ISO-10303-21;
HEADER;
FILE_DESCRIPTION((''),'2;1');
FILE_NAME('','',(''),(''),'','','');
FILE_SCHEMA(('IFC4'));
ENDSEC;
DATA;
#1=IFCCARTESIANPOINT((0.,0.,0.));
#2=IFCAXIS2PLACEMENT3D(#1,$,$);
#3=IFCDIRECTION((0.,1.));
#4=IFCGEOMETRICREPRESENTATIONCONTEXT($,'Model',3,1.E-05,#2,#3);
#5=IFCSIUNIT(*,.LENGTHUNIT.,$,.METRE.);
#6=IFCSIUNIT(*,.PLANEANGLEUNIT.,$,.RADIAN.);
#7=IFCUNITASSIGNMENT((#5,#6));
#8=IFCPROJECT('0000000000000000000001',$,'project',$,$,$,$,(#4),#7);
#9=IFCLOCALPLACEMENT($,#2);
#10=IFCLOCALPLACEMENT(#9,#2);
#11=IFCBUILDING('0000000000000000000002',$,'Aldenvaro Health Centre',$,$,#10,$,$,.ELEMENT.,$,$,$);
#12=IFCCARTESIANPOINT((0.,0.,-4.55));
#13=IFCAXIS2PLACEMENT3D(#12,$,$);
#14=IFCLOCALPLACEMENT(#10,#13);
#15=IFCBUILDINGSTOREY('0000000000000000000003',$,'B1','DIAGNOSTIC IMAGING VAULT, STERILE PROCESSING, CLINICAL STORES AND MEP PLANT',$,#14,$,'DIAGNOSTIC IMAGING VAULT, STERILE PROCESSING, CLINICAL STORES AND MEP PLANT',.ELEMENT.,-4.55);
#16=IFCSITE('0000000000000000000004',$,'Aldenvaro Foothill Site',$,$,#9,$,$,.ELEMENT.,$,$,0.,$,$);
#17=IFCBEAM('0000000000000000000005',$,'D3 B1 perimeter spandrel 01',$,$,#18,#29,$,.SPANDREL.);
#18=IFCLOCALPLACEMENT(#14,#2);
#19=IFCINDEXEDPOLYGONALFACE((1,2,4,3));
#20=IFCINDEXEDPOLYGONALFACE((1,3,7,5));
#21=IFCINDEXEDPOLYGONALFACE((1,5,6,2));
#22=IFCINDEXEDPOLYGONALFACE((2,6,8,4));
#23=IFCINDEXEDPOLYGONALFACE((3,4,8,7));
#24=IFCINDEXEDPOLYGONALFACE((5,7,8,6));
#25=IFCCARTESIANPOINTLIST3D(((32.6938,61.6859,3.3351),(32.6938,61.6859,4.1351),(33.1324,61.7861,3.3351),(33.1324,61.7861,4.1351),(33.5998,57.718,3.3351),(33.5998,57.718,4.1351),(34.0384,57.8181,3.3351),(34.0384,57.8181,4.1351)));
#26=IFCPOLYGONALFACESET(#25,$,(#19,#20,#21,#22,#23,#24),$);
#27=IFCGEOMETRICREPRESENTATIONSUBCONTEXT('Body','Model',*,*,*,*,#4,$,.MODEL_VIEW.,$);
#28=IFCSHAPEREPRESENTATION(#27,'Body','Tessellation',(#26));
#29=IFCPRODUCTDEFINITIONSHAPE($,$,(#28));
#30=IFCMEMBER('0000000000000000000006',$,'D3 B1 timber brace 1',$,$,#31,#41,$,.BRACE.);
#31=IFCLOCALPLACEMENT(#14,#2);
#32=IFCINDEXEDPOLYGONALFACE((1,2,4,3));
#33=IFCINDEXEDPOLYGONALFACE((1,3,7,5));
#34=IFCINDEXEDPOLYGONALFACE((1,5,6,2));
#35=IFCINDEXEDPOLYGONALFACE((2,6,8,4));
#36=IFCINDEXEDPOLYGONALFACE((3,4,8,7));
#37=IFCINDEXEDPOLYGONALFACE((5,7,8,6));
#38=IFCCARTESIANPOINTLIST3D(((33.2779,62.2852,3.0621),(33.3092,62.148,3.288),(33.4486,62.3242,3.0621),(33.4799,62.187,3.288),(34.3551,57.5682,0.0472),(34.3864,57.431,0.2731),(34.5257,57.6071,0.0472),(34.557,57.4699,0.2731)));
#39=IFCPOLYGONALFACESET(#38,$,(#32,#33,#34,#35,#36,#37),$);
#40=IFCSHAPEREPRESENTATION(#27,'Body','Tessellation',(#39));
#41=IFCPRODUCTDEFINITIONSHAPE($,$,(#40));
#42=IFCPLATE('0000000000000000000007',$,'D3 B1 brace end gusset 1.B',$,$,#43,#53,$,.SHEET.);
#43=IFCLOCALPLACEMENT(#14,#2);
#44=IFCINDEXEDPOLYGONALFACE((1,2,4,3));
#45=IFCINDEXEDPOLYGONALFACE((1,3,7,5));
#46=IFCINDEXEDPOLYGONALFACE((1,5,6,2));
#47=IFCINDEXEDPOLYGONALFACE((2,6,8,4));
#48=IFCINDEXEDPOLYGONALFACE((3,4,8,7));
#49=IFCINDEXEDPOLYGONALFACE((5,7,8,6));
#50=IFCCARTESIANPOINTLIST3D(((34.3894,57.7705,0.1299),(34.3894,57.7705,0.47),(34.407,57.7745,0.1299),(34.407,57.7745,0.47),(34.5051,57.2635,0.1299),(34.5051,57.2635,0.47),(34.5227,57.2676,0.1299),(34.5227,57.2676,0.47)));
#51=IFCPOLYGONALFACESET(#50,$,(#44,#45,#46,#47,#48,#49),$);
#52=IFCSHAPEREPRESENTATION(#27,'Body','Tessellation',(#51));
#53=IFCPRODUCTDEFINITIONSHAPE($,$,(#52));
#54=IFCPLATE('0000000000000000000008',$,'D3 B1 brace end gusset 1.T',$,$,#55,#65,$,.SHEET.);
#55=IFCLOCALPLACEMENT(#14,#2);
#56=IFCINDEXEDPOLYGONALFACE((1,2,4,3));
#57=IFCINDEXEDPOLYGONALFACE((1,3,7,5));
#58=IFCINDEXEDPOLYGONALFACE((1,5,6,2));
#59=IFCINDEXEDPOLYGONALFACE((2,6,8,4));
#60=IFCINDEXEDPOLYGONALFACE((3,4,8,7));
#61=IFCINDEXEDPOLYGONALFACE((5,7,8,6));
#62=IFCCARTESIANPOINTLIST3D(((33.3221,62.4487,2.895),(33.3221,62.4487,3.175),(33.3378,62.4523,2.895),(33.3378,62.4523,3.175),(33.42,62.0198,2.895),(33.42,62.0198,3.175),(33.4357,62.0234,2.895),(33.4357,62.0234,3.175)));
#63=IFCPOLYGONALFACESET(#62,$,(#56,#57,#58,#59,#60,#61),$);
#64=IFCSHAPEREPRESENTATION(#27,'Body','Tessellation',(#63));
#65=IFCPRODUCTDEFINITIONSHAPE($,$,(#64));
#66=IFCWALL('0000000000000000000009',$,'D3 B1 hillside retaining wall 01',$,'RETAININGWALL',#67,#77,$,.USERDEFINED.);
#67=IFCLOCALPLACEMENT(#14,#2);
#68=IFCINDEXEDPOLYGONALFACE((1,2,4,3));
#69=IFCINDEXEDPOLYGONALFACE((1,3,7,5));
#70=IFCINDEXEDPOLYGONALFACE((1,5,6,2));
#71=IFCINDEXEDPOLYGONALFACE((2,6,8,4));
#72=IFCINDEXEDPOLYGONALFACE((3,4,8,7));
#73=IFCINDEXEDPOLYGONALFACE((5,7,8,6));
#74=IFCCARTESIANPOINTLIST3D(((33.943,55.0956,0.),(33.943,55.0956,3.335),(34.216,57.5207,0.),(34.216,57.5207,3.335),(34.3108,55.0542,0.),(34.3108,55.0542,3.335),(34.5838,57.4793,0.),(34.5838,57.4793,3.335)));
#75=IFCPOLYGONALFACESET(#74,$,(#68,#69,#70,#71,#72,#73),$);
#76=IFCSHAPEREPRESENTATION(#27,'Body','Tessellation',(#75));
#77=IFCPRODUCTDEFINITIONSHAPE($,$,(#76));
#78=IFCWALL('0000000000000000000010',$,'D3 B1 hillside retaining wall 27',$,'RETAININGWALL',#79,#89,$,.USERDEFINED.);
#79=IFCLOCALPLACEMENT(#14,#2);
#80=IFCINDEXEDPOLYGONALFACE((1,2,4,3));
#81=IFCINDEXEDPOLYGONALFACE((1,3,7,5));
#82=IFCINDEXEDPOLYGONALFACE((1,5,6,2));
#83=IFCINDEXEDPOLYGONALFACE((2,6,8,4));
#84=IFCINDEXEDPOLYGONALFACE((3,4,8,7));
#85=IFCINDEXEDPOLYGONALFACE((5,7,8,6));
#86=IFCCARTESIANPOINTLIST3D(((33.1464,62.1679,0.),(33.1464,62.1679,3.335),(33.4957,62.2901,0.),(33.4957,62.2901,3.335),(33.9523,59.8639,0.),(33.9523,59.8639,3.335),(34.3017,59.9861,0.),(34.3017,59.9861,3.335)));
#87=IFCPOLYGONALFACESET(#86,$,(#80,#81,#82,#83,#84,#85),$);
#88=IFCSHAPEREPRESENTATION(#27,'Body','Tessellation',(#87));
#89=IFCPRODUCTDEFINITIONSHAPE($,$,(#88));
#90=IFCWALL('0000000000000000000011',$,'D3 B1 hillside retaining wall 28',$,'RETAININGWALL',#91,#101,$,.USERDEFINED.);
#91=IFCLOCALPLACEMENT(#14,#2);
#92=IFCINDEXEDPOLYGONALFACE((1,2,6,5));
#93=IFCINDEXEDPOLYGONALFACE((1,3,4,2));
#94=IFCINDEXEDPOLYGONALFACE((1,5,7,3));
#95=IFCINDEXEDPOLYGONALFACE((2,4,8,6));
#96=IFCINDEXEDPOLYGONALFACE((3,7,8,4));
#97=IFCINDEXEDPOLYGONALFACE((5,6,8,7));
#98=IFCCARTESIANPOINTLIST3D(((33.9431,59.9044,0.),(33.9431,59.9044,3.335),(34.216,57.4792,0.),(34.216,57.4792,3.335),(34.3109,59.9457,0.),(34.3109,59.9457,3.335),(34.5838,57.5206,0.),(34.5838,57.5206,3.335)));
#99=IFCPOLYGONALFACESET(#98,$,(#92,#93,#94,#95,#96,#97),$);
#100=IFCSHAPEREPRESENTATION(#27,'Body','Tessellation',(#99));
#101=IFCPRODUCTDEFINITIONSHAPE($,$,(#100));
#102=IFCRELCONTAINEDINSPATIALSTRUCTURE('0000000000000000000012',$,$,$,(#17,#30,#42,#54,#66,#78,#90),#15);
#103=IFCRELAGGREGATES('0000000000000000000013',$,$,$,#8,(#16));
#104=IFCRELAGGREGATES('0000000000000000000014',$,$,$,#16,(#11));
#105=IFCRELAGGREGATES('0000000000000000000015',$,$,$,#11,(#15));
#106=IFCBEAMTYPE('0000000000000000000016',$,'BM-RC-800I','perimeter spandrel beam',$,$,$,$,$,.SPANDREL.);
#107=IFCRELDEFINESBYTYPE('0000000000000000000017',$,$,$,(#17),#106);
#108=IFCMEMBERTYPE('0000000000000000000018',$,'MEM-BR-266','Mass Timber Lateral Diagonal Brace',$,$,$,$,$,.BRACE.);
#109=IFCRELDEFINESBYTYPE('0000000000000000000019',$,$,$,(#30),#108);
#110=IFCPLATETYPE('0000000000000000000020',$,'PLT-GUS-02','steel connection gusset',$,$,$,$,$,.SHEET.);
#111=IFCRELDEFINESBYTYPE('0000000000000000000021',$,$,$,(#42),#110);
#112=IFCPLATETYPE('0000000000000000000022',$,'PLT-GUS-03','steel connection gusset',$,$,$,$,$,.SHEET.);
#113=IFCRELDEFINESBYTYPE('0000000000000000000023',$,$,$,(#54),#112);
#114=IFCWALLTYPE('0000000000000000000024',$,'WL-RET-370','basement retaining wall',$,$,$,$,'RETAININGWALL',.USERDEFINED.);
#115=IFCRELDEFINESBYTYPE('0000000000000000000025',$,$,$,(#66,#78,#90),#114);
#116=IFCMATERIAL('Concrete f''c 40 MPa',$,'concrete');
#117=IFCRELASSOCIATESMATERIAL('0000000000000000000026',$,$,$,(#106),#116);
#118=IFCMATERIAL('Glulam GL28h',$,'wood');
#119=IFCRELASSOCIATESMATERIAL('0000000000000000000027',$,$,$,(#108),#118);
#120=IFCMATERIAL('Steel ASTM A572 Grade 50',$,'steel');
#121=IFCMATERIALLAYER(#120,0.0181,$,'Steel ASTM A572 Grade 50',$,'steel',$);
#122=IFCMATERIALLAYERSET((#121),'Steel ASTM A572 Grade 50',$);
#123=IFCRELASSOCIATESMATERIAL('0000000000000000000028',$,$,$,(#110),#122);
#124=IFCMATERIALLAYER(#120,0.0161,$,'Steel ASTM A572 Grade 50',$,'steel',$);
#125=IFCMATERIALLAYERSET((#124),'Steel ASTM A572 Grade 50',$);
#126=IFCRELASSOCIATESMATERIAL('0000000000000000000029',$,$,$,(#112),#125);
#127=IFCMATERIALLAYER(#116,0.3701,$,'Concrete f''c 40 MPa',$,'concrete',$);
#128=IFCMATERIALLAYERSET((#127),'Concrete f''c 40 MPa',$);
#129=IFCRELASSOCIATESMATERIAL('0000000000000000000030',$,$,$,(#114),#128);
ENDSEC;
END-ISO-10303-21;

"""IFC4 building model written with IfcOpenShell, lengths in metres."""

from ifc_helpers import new_model, si_unit, direction, frame, frame_2d, origin, origin_2d, place, context, subcontext, project, spatial, rectangle, extrude, material, layer, layer_set, material_profile, profile_set, type_object, element, save


model = new_model("IFC4")

# Units and contexts
model_context = context("Model", 3, precision=1e-05, world=origin(), true_north=direction((0.0, 1.0)))
body_context = subcontext(model_context, "Body", "Model", "MODEL_VIEW")
ifc_project = project(units=[si_unit("LENGTHUNIT", "METRE"), si_unit("PLANEANGLEUNIT", "RADIAN")], contexts=[model_context])

# Site, building, storey
site_placement = place(None, origin())
site = spatial("IfcSite", under=ifc_project, at=site_placement, Name="Aldenvaro Foothill Site", CompositionType="ELEMENT", RefElevation=0.0)
building_placement = place(site_placement, origin())
building = spatial("IfcBuilding", under=site, at=building_placement, Name="Aldenvaro Health Centre", CompositionType="ELEMENT")
storey_placement = place(building_placement, frame((0.0, 0.0, -4.55)))
storey = spatial("IfcBuildingStorey", under=building, at=storey_placement, Name="B1", Description="DIAGNOSTIC IMAGING VAULT, STERILE PROCESSING, CLINICAL STORES AND MEP PLANT", LongName="DIAGNOSTIC IMAGING VAULT, STERILE PROCESSING, CLINICAL STORES AND MEP PLANT", CompositionType="ELEMENT", Elevation=-4.55)

# Shared definitions
ifc_material_1 = material(Name="Concrete f'c 40 MPa", Category="concrete")

# Beam
ifc_material_profile_1 = material_profile(ifc_material_1, rectangle(XDim=0.45, YDim=0.8, at=origin_2d()), Name="RC 450x800", Category="concrete")
ifc_profile_set_1 = profile_set([ifc_material_profile_1], Name="Concrete f'c 40 MPa")
beam_type_1 = type_object("IfcBeamType", Name="BM-RC-800I", Description="perimeter spandrel beam", PredefinedType="SPANDREL", material=ifc_profile_set_1)
beam_1_placement = place(storey_placement, frame((33.8191, 57.7681, 3.7351), z_axis=(-0.222598, 0.97491, 0.0), x_axis=(-0.97491, -0.222598, 0.0)))
element("IfcBeam", 1, at=beam_1_placement, inside=storey, type_object=beam_type_1, Name="D3 B1 perimeter spandrel 01", PredefinedType="SPANDREL", context=body_context, shape_type="SweptSolid", body=[
    extrude(rectangle(XDim=0.45, YDim=0.8, at=origin_2d()), origin(), (0.0, 0.0, 1.0), 4.0701),
])

# Member
ifc_material_2 = material(Name="Glulam GL28h", Category="wood")
ifc_material_profile_2 = material_profile(ifc_material_2, rectangle(XDim=0.175, YDim=0.2661, at=origin_2d()), Name="GL 175x266", Category="wood")
ifc_profile_set_2 = profile_set([ifc_material_profile_2], Name="Glulam GL28h")
member_type = type_object("IfcMemberType", Name="MEM-BR-266", Description="Mass Timber Lateral Diagonal Brace", PredefinedType="BRACE", material=ifc_profile_set_2)
member_placement = place(storey_placement, frame((34.4561, 57.519, 0.1602), z_axis=(-0.188943, 0.82742, 0.528845), x_axis=(-0.974905, -0.222622, 0.0)))
element("IfcMember", 2, at=member_placement, inside=storey, type_object=member_type, Name="D3 B1 timber brace 1", PredefinedType="BRACE", context=body_context, shape_type="SweptSolid", body=[
    extrude(rectangle(XDim=0.175, YDim=0.2661, at=origin_2d()), origin(), (0.0, 0.0, 1.0), 5.7009),
])

# Plates
ifc_material_3 = material(Name="Steel ASTM A572 Grade 50", Category="steel")
ifc_layer_1 = layer(ifc_material_3, 0.0181, Name="Steel ASTM A572 Grade 50", Category="steel")
ifc_layer_set_1 = layer_set([ifc_layer_1], Name="Steel ASTM A572 Grade 50")
plate_type_1 = type_object("IfcPlateType", Name="PLT-GUS-02", Description="steel connection gusset", PredefinedType="SHEET", material=ifc_layer_set_1)
plate_1_placement = place(storey_placement, frame((34.4561, 57.519, 0.1299), z_axis=(0.0, 0.0, 1.0), x_axis=(-0.222587, 0.974913, 0.0)))
element("IfcPlate", 3, at=plate_1_placement, inside=storey, type_object=plate_type_1, Name="D3 B1 brace end gusset 1.B", PredefinedType="SHEET", context=body_context, shape_type="SweptSolid", body=[
    extrude(rectangle(XDim=0.52, YDim=0.0181, at=origin_2d()), origin(), (0.0, 0.0, 1.0), 0.3401),
])
ifc_layer_2 = layer(ifc_material_3, 0.0161, Name="Steel ASTM A572 Grade 50", Category="steel")
ifc_layer_set_2 = layer_set([ifc_layer_2], Name="Steel ASTM A572 Grade 50")
plate_type_2 = type_object("IfcPlateType", Name="PLT-GUS-03", Description="steel connection gusset", PredefinedType="SHEET", material=ifc_layer_set_2)
plate_2_placement = place(storey_placement, frame((33.3789, 62.2361, 2.895), z_axis=(0.0, 0.0, 1.0), x_axis=(-0.222587, 0.974913, 0.0)))
element("IfcPlate", 4, at=plate_2_placement, inside=storey, type_object=plate_type_2, Name="D3 B1 brace end gusset 1.T", PredefinedType="SHEET", context=body_context, shape_type="SweptSolid", body=[
    extrude(rectangle(XDim=0.4399, YDim=0.0161, at=origin_2d()), origin(), (0.0, 0.0, 1.0), 0.28),
])

# Walls
ifc_layer_3 = layer(ifc_material_1, 0.3701, Name="Concrete f'c 40 MPa", Category="concrete")
ifc_layer_set_3 = layer_set([ifc_layer_3], Name="Concrete f'c 40 MPa")
wall_type = type_object("IfcWallType", Name="WL-RET-370", Description="basement retaining wall", ElementType="RETAININGWALL", PredefinedType="USERDEFINED", material=ifc_layer_set_3)
wall_1_placement = place(storey_placement, frame((34.3999, 57.5, 0.0), z_axis=(0.0, 0.0, 1.0), x_axis=(-0.111848, -0.993725, 0.0)))
element("IfcWall", 5, at=wall_1_placement, inside=storey, type_object=wall_type, Name="D3 B1 hillside retaining wall 01", ObjectType="RETAININGWALL", PredefinedType="USERDEFINED", context=body_context, shape_type="SweptSolid", body=[
    extrude(rectangle(XDim=2.4404, YDim=0.3701, at=frame_2d((1.2202, 0.0))), origin(), (0.0, 0.0, 1.0), 3.335),
])
wall_2_placement = place(storey_placement, frame((33.321, 62.229, 0.0), z_axis=(0.0, 0.0, 1.0), x_axis=(0.330177, -0.943919, 0.0)))
element("IfcWall", 6, at=wall_2_placement, inside=storey, type_object=wall_type, Name="D3 B1 hillside retaining wall 27", ObjectType="RETAININGWALL", PredefinedType="USERDEFINED", context=body_context, shape_type="SweptSolid", body=[
    extrude(rectangle(XDim=2.4409, YDim=0.3701, at=frame_2d((1.2205, 0.0))), origin(), (0.0, 0.0, 1.0), 3.335),
])
wall_3_placement = place(storey_placement, frame((34.127, 59.925, 0.0), z_axis=(0.0, 0.0, 1.0), x_axis=(0.111848, -0.993725, 0.0)))
element("IfcWall", 7, at=wall_3_placement, inside=storey, type_object=wall_type, Name="D3 B1 hillside retaining wall 28", ObjectType="RETAININGWALL", PredefinedType="USERDEFINED", context=body_context, shape_type="SweptSolid", body=[
    extrude(rectangle(XDim=2.4404, YDim=0.3701, at=frame_2d((1.2202, 0.0))), origin(), (0.0, 0.0, 1.0), 3.335),
])

save(model, "model.ifc")
